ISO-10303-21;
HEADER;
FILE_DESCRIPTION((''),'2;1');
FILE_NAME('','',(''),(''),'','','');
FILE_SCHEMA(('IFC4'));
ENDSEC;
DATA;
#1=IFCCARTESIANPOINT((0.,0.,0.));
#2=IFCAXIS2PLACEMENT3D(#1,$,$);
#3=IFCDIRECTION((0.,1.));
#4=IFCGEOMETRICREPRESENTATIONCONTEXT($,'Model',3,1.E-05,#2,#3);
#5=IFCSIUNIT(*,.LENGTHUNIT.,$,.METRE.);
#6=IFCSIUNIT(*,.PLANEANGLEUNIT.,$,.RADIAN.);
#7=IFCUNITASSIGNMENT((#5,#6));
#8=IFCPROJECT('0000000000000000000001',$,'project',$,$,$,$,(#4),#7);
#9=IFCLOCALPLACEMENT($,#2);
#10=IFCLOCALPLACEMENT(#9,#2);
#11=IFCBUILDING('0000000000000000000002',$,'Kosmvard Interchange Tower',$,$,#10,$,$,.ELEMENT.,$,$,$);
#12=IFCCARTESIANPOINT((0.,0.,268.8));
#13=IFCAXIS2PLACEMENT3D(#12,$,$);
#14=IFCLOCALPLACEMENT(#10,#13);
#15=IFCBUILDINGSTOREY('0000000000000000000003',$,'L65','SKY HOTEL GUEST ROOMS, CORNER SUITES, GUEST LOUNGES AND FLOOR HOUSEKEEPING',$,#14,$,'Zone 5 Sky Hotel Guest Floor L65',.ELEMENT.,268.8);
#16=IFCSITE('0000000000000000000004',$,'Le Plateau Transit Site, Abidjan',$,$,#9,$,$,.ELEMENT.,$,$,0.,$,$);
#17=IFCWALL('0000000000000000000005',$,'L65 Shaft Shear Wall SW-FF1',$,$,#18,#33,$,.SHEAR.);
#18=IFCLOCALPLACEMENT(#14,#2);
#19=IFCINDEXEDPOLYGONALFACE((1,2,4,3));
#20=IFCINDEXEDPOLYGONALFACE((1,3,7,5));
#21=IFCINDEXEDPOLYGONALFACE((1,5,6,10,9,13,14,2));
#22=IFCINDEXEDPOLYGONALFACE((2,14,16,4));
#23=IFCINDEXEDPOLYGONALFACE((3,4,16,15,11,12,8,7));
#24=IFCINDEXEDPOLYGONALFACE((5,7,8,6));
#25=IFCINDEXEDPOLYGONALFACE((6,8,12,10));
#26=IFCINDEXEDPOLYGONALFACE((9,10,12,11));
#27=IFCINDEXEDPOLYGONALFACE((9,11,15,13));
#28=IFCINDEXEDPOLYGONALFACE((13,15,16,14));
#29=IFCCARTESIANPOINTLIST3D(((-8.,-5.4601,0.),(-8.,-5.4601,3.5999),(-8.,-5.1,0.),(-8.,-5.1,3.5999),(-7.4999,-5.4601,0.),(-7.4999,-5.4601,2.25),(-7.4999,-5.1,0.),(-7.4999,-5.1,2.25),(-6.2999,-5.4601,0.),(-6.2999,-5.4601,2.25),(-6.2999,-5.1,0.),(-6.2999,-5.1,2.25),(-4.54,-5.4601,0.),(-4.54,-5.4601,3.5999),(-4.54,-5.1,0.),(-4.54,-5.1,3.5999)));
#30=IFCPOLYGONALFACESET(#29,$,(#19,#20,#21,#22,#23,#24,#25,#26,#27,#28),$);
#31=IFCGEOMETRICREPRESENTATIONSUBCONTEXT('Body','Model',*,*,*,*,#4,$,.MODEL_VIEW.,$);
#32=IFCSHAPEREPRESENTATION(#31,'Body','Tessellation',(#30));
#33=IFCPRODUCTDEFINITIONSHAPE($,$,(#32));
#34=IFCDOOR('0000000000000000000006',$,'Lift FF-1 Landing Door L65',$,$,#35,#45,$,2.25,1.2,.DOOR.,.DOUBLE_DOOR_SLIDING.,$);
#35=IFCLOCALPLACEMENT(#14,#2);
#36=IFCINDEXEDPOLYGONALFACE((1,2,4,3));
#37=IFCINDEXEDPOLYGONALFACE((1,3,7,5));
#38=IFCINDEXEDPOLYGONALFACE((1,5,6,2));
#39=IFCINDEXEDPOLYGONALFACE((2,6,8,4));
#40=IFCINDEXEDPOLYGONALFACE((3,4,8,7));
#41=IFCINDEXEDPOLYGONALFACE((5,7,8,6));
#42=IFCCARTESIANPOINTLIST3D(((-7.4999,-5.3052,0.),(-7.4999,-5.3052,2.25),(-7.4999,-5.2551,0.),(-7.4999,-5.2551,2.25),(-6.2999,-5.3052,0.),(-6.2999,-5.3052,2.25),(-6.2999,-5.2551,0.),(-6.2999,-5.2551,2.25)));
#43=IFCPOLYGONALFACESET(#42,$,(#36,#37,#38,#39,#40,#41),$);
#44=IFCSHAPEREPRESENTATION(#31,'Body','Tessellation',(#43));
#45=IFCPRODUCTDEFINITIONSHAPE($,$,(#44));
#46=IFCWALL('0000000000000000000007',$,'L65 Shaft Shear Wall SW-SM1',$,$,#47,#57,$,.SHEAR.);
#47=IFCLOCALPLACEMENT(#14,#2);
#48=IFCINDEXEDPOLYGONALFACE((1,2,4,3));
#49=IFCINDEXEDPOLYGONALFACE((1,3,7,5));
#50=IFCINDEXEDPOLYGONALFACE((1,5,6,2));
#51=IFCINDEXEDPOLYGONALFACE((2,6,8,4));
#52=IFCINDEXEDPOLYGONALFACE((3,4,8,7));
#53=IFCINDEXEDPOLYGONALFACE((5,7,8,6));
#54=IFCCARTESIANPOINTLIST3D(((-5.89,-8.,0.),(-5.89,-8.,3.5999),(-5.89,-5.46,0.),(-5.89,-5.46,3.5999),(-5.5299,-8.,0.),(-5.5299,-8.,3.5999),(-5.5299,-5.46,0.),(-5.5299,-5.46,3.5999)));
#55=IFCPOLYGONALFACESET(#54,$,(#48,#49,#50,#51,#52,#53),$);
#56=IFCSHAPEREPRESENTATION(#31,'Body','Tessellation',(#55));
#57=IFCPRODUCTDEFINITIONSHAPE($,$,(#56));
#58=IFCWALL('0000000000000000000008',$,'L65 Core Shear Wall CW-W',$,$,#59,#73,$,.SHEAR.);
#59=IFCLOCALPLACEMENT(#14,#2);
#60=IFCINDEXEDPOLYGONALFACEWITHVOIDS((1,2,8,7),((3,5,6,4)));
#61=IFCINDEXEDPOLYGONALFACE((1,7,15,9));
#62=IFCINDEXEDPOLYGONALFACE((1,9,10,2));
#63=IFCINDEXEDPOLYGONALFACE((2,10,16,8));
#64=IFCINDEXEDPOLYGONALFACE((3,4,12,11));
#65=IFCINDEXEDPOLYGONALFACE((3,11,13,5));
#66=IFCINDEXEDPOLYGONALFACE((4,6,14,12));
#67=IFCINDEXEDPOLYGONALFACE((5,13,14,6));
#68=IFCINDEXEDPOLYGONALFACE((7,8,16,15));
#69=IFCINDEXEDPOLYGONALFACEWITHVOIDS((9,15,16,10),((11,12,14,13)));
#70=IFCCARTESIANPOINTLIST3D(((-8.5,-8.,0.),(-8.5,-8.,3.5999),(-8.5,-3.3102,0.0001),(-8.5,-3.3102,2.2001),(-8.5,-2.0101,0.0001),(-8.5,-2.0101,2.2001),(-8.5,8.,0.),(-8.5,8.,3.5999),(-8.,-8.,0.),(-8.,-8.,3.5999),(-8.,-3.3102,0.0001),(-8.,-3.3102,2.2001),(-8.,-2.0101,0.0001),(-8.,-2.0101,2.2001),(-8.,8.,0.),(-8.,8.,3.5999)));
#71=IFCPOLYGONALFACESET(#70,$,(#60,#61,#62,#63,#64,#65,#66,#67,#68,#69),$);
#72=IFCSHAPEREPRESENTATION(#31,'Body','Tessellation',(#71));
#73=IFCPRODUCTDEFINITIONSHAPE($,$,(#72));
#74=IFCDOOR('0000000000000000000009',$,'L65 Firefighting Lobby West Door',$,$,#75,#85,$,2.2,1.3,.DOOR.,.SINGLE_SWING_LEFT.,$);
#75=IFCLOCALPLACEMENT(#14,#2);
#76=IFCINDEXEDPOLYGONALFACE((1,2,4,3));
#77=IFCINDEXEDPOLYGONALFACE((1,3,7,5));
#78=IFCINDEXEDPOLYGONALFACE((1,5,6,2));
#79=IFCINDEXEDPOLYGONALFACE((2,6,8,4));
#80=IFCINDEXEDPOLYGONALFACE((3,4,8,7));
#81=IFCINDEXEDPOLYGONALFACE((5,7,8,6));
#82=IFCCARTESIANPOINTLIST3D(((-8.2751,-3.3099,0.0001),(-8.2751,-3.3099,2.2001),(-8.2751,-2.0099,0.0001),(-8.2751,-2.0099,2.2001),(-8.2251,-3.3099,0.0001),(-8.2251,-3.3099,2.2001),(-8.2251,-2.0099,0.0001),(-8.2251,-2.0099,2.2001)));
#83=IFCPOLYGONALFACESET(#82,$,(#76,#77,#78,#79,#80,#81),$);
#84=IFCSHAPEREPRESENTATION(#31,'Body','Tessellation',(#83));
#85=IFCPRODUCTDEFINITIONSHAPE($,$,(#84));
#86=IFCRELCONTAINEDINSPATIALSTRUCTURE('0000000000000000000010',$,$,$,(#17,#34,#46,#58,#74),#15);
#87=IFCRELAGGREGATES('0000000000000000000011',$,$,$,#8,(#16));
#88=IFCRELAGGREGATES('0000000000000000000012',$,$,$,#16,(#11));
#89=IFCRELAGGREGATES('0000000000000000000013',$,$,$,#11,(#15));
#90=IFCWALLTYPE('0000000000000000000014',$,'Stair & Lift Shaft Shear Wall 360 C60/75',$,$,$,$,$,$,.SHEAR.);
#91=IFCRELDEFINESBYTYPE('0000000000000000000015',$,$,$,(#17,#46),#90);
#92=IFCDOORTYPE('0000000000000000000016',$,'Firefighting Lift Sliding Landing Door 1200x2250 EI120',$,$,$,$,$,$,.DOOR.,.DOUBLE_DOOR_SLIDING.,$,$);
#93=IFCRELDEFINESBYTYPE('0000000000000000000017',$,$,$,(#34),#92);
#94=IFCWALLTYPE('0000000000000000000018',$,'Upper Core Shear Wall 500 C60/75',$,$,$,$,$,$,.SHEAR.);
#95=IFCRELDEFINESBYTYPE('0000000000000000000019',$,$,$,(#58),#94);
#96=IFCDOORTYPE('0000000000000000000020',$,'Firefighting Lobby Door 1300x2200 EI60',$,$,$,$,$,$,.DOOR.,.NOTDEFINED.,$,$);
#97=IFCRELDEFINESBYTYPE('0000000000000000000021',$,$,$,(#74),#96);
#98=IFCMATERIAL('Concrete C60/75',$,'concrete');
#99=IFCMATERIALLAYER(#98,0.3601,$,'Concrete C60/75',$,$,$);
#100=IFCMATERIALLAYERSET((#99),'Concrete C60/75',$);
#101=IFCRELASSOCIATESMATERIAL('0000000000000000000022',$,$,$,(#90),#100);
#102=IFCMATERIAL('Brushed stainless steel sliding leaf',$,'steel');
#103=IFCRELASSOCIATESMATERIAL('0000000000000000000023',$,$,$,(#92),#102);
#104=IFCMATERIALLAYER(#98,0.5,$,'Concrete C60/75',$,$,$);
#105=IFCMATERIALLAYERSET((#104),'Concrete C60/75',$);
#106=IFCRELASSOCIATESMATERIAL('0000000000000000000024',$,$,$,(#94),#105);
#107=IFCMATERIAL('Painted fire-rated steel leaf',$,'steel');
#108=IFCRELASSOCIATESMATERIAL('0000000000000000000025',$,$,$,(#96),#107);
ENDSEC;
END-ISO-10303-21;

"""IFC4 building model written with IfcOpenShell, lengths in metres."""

from ifc_helpers import new_model, si_unit, direction, frame, frame_2d, origin, place, context, subcontext, project, spatial, rectangle, extrude, source, transform, mapped, material, layer, layer_set, type_object, element, fill, save


model = new_model("IFC4")

# Units and contexts
model_context = context("Model", 3, precision=1e-05, world=origin(), true_north=direction((0.0, 1.0)))
body_context = subcontext(model_context, "Body", "Model", "MODEL_VIEW")
ifc_project = project(units=[si_unit("LENGTHUNIT", "METRE"), si_unit("PLANEANGLEUNIT", "RADIAN")], contexts=[model_context])

# Site, building, storey
site_placement = place(None, origin())
site = spatial("IfcSite", under=ifc_project, at=site_placement, Name="Le Plateau Transit Site, Abidjan", CompositionType="ELEMENT", RefElevation=0.0)
building_placement = place(site_placement, origin())
building = spatial("IfcBuilding", under=site, at=building_placement, Name="Kosmvard Interchange Tower", CompositionType="ELEMENT")
storey_placement = place(building_placement, frame((0.0, 0.0, 268.8)))
storey = spatial("IfcBuildingStorey", under=building, at=storey_placement, Name="L65", Description="SKY HOTEL GUEST ROOMS, CORNER SUITES, GUEST LOUNGES AND FLOOR HOUSEKEEPING", LongName="Zone 5 Sky Hotel Guest Floor L65", CompositionType="ELEMENT", Elevation=268.8)

# Shared definitions
ifc_material_1 = material(Name="Painted fire-rated steel leaf", Category="steel")
ifc_material_2 = material(Name="Brushed stainless steel sliding leaf", Category="steel")

# Shared definitions
ifc_material_3 = material(Name="Concrete C60/75", Category="concrete")
ifc_layer_1 = layer(ifc_material_3, 0.3601, Name="Concrete C60/75")
ifc_layer_set_1 = layer_set([ifc_layer_1], Name="Concrete C60/75")
wall_type_1 = type_object("IfcWallType", Name="Stair & Lift Shaft Shear Wall 360 C60/75", PredefinedType="SHEAR", material=ifc_layer_set_1)

# Wall, opening, door
wall_1_placement = place(storey_placement, frame((-8.0, -5.28, 0.0), z_axis=(0.0, 0.0, 1.0), x_axis=(1.0, 0.0, 0.0)))
wall_1 = element("IfcWall", 1, at=wall_1_placement, inside=storey, type_object=wall_type_1, Name="L65 Shaft Shear Wall SW-FF1", PredefinedType="SHEAR", context=body_context, shape_type="SweptSolid", body=[
    extrude(rectangle(XDim=3.46, YDim=0.3601, at=frame_2d((1.73, 0.0))), origin(), (0.0, 0.0, 1.0), 3.5999),
])
opening_1_placement = place(wall_1_placement, frame((0.5, 0.0, 0.0)))
opening_1 = element("IfcOpeningElement", 2, at=opening_1_placement, cuts=wall_1, PredefinedType="OPENING", context=body_context, shape_type="SweptSolid", body=[
    extrude(rectangle(XDim=1.2, YDim=2.25, at=frame_2d((0.6001, 1.125))), frame((0.0, 0.1899, 0.0), z_axis=(0.0, -1.0, 0.0), x_axis=(1.0, 0.0, 0.0)), (0.0, 0.0, 1.0), 0.3801),
])
door_type_1 = type_object("IfcDoorType", Name="Firefighting Lift Sliding Landing Door 1200x2250 EI120", OperationType="DOUBLE_DOOR_SLIDING", PredefinedType="DOOR", material=ifc_material_2)
shared_shape_1 = source(origin(), body_context, "Body", "SweptSolid", [
    extrude(rectangle(XDim=1.2, YDim=2.25, at=frame_2d((0.6001, 1.125))), frame((0.0, 0.0249, 0.0), z_axis=(0.0, -1.0, 0.0), x_axis=(1.0, 0.0, 0.0)), (0.0, 0.0, 1.0), 0.05),
])
door_1_placement = place(opening_1_placement, origin())
door_1 = element("IfcDoor", 3, at=door_1_placement, inside=storey, type_object=door_type_1, Name="Lift FF-1 Landing Door L65", OperationType="DOUBLE_DOOR_SLIDING", OverallHeight=2.25, OverallWidth=1.2, PredefinedType="DOOR", context=body_context, shape_type="MappedRepresentation", body=[
    mapped(shared_shape_1, transform((0.0, 0.0, 0.0), scale=1.0)),
])
fill(opening_1, door_1)

# Wall
wall_2_placement = place(storey_placement, frame((-5.71, -8.0, 0.0), z_axis=(0.0, 0.0, 1.0), x_axis=(0.0, 1.0, 0.0)))
element("IfcWall", 4, at=wall_2_placement, inside=storey, type_object=wall_type_1, Name="L65 Shaft Shear Wall SW-SM1", PredefinedType="SHEAR", context=body_context, shape_type="SweptSolid", body=[
    extrude(rectangle(XDim=2.54, YDim=0.3601, at=frame_2d((1.27, 0.0))), origin(), (0.0, 0.0, 1.0), 3.5999),
])

# Wall, opening, door
ifc_layer_2 = layer(ifc_material_3, 0.5, Name="Concrete C60/75")
ifc_layer_set_2 = layer_set([ifc_layer_2], Name="Concrete C60/75")
wall_type_2 = type_object("IfcWallType", Name="Upper Core Shear Wall 500 C60/75", PredefinedType="SHEAR", material=ifc_layer_set_2)
wall_3_placement = place(storey_placement, frame((-8.25, -8.0, 0.0), z_axis=(0.0, 0.0, 1.0), x_axis=(0.0, 1.0, 0.0)))
wall_3 = element("IfcWall", 5, at=wall_3_placement, inside=storey, type_object=wall_type_2, Name="L65 Core Shear Wall CW-W", PredefinedType="SHEAR", context=body_context, shape_type="SweptSolid", body=[
    extrude(rectangle(XDim=16.0, YDim=0.5, at=frame_2d((8.0, 0.0))), origin(), (0.0, 0.0, 1.0), 3.5999),
])
opening_2_placement = place(wall_3_placement, frame((4.6899, 0.0, 0.0)))
opening_2 = element("IfcOpeningElement", 6, at=opening_2_placement, cuts=wall_3, PredefinedType="OPENING", context=body_context, shape_type="SweptSolid", body=[
    extrude(rectangle(XDim=1.3, YDim=2.2, at=frame_2d((0.6499, 1.1001))), frame((0.0, 0.26, 0.0), z_axis=(0.0, -1.0, 0.0), x_axis=(1.0, 0.0, 0.0)), (0.0, 0.0, 1.0), 0.52),
])
door_type_2 = type_object("IfcDoorType", Name="Firefighting Lobby Door 1300x2200 EI60", OperationType="NOTDEFINED", PredefinedType="DOOR", material=ifc_material_1)
shared_shape_2 = source(origin(), body_context, "Body", "SweptSolid", [
    extrude(rectangle(XDim=1.3, YDim=2.2, at=frame_2d((0.6499, 1.1001))), frame((0.0, 0.0249, 0.0), z_axis=(0.0, -1.0, 0.0), x_axis=(1.0, 0.0, 0.0)), (0.0, 0.0, 1.0), 0.05),
])
door_2_placement = place(opening_2_placement, frame((1.3, 0.0, 0.0), z_axis=(0.0, 0.0, 1.0), x_axis=(-1.0, 0.0, 0.0)))
door_2 = element("IfcDoor", 7, at=door_2_placement, inside=storey, type_object=door_type_2, Name="L65 Firefighting Lobby West Door", OperationType="SINGLE_SWING_LEFT", OverallHeight=2.2, OverallWidth=1.3, PredefinedType="DOOR", context=body_context, shape_type="MappedRepresentation", body=[
    mapped(shared_shape_2, transform((0.0, 0.0, 0.0), scale=1.0)),
])
fill(opening_2, door_2)

save(model, "model.ifc")
